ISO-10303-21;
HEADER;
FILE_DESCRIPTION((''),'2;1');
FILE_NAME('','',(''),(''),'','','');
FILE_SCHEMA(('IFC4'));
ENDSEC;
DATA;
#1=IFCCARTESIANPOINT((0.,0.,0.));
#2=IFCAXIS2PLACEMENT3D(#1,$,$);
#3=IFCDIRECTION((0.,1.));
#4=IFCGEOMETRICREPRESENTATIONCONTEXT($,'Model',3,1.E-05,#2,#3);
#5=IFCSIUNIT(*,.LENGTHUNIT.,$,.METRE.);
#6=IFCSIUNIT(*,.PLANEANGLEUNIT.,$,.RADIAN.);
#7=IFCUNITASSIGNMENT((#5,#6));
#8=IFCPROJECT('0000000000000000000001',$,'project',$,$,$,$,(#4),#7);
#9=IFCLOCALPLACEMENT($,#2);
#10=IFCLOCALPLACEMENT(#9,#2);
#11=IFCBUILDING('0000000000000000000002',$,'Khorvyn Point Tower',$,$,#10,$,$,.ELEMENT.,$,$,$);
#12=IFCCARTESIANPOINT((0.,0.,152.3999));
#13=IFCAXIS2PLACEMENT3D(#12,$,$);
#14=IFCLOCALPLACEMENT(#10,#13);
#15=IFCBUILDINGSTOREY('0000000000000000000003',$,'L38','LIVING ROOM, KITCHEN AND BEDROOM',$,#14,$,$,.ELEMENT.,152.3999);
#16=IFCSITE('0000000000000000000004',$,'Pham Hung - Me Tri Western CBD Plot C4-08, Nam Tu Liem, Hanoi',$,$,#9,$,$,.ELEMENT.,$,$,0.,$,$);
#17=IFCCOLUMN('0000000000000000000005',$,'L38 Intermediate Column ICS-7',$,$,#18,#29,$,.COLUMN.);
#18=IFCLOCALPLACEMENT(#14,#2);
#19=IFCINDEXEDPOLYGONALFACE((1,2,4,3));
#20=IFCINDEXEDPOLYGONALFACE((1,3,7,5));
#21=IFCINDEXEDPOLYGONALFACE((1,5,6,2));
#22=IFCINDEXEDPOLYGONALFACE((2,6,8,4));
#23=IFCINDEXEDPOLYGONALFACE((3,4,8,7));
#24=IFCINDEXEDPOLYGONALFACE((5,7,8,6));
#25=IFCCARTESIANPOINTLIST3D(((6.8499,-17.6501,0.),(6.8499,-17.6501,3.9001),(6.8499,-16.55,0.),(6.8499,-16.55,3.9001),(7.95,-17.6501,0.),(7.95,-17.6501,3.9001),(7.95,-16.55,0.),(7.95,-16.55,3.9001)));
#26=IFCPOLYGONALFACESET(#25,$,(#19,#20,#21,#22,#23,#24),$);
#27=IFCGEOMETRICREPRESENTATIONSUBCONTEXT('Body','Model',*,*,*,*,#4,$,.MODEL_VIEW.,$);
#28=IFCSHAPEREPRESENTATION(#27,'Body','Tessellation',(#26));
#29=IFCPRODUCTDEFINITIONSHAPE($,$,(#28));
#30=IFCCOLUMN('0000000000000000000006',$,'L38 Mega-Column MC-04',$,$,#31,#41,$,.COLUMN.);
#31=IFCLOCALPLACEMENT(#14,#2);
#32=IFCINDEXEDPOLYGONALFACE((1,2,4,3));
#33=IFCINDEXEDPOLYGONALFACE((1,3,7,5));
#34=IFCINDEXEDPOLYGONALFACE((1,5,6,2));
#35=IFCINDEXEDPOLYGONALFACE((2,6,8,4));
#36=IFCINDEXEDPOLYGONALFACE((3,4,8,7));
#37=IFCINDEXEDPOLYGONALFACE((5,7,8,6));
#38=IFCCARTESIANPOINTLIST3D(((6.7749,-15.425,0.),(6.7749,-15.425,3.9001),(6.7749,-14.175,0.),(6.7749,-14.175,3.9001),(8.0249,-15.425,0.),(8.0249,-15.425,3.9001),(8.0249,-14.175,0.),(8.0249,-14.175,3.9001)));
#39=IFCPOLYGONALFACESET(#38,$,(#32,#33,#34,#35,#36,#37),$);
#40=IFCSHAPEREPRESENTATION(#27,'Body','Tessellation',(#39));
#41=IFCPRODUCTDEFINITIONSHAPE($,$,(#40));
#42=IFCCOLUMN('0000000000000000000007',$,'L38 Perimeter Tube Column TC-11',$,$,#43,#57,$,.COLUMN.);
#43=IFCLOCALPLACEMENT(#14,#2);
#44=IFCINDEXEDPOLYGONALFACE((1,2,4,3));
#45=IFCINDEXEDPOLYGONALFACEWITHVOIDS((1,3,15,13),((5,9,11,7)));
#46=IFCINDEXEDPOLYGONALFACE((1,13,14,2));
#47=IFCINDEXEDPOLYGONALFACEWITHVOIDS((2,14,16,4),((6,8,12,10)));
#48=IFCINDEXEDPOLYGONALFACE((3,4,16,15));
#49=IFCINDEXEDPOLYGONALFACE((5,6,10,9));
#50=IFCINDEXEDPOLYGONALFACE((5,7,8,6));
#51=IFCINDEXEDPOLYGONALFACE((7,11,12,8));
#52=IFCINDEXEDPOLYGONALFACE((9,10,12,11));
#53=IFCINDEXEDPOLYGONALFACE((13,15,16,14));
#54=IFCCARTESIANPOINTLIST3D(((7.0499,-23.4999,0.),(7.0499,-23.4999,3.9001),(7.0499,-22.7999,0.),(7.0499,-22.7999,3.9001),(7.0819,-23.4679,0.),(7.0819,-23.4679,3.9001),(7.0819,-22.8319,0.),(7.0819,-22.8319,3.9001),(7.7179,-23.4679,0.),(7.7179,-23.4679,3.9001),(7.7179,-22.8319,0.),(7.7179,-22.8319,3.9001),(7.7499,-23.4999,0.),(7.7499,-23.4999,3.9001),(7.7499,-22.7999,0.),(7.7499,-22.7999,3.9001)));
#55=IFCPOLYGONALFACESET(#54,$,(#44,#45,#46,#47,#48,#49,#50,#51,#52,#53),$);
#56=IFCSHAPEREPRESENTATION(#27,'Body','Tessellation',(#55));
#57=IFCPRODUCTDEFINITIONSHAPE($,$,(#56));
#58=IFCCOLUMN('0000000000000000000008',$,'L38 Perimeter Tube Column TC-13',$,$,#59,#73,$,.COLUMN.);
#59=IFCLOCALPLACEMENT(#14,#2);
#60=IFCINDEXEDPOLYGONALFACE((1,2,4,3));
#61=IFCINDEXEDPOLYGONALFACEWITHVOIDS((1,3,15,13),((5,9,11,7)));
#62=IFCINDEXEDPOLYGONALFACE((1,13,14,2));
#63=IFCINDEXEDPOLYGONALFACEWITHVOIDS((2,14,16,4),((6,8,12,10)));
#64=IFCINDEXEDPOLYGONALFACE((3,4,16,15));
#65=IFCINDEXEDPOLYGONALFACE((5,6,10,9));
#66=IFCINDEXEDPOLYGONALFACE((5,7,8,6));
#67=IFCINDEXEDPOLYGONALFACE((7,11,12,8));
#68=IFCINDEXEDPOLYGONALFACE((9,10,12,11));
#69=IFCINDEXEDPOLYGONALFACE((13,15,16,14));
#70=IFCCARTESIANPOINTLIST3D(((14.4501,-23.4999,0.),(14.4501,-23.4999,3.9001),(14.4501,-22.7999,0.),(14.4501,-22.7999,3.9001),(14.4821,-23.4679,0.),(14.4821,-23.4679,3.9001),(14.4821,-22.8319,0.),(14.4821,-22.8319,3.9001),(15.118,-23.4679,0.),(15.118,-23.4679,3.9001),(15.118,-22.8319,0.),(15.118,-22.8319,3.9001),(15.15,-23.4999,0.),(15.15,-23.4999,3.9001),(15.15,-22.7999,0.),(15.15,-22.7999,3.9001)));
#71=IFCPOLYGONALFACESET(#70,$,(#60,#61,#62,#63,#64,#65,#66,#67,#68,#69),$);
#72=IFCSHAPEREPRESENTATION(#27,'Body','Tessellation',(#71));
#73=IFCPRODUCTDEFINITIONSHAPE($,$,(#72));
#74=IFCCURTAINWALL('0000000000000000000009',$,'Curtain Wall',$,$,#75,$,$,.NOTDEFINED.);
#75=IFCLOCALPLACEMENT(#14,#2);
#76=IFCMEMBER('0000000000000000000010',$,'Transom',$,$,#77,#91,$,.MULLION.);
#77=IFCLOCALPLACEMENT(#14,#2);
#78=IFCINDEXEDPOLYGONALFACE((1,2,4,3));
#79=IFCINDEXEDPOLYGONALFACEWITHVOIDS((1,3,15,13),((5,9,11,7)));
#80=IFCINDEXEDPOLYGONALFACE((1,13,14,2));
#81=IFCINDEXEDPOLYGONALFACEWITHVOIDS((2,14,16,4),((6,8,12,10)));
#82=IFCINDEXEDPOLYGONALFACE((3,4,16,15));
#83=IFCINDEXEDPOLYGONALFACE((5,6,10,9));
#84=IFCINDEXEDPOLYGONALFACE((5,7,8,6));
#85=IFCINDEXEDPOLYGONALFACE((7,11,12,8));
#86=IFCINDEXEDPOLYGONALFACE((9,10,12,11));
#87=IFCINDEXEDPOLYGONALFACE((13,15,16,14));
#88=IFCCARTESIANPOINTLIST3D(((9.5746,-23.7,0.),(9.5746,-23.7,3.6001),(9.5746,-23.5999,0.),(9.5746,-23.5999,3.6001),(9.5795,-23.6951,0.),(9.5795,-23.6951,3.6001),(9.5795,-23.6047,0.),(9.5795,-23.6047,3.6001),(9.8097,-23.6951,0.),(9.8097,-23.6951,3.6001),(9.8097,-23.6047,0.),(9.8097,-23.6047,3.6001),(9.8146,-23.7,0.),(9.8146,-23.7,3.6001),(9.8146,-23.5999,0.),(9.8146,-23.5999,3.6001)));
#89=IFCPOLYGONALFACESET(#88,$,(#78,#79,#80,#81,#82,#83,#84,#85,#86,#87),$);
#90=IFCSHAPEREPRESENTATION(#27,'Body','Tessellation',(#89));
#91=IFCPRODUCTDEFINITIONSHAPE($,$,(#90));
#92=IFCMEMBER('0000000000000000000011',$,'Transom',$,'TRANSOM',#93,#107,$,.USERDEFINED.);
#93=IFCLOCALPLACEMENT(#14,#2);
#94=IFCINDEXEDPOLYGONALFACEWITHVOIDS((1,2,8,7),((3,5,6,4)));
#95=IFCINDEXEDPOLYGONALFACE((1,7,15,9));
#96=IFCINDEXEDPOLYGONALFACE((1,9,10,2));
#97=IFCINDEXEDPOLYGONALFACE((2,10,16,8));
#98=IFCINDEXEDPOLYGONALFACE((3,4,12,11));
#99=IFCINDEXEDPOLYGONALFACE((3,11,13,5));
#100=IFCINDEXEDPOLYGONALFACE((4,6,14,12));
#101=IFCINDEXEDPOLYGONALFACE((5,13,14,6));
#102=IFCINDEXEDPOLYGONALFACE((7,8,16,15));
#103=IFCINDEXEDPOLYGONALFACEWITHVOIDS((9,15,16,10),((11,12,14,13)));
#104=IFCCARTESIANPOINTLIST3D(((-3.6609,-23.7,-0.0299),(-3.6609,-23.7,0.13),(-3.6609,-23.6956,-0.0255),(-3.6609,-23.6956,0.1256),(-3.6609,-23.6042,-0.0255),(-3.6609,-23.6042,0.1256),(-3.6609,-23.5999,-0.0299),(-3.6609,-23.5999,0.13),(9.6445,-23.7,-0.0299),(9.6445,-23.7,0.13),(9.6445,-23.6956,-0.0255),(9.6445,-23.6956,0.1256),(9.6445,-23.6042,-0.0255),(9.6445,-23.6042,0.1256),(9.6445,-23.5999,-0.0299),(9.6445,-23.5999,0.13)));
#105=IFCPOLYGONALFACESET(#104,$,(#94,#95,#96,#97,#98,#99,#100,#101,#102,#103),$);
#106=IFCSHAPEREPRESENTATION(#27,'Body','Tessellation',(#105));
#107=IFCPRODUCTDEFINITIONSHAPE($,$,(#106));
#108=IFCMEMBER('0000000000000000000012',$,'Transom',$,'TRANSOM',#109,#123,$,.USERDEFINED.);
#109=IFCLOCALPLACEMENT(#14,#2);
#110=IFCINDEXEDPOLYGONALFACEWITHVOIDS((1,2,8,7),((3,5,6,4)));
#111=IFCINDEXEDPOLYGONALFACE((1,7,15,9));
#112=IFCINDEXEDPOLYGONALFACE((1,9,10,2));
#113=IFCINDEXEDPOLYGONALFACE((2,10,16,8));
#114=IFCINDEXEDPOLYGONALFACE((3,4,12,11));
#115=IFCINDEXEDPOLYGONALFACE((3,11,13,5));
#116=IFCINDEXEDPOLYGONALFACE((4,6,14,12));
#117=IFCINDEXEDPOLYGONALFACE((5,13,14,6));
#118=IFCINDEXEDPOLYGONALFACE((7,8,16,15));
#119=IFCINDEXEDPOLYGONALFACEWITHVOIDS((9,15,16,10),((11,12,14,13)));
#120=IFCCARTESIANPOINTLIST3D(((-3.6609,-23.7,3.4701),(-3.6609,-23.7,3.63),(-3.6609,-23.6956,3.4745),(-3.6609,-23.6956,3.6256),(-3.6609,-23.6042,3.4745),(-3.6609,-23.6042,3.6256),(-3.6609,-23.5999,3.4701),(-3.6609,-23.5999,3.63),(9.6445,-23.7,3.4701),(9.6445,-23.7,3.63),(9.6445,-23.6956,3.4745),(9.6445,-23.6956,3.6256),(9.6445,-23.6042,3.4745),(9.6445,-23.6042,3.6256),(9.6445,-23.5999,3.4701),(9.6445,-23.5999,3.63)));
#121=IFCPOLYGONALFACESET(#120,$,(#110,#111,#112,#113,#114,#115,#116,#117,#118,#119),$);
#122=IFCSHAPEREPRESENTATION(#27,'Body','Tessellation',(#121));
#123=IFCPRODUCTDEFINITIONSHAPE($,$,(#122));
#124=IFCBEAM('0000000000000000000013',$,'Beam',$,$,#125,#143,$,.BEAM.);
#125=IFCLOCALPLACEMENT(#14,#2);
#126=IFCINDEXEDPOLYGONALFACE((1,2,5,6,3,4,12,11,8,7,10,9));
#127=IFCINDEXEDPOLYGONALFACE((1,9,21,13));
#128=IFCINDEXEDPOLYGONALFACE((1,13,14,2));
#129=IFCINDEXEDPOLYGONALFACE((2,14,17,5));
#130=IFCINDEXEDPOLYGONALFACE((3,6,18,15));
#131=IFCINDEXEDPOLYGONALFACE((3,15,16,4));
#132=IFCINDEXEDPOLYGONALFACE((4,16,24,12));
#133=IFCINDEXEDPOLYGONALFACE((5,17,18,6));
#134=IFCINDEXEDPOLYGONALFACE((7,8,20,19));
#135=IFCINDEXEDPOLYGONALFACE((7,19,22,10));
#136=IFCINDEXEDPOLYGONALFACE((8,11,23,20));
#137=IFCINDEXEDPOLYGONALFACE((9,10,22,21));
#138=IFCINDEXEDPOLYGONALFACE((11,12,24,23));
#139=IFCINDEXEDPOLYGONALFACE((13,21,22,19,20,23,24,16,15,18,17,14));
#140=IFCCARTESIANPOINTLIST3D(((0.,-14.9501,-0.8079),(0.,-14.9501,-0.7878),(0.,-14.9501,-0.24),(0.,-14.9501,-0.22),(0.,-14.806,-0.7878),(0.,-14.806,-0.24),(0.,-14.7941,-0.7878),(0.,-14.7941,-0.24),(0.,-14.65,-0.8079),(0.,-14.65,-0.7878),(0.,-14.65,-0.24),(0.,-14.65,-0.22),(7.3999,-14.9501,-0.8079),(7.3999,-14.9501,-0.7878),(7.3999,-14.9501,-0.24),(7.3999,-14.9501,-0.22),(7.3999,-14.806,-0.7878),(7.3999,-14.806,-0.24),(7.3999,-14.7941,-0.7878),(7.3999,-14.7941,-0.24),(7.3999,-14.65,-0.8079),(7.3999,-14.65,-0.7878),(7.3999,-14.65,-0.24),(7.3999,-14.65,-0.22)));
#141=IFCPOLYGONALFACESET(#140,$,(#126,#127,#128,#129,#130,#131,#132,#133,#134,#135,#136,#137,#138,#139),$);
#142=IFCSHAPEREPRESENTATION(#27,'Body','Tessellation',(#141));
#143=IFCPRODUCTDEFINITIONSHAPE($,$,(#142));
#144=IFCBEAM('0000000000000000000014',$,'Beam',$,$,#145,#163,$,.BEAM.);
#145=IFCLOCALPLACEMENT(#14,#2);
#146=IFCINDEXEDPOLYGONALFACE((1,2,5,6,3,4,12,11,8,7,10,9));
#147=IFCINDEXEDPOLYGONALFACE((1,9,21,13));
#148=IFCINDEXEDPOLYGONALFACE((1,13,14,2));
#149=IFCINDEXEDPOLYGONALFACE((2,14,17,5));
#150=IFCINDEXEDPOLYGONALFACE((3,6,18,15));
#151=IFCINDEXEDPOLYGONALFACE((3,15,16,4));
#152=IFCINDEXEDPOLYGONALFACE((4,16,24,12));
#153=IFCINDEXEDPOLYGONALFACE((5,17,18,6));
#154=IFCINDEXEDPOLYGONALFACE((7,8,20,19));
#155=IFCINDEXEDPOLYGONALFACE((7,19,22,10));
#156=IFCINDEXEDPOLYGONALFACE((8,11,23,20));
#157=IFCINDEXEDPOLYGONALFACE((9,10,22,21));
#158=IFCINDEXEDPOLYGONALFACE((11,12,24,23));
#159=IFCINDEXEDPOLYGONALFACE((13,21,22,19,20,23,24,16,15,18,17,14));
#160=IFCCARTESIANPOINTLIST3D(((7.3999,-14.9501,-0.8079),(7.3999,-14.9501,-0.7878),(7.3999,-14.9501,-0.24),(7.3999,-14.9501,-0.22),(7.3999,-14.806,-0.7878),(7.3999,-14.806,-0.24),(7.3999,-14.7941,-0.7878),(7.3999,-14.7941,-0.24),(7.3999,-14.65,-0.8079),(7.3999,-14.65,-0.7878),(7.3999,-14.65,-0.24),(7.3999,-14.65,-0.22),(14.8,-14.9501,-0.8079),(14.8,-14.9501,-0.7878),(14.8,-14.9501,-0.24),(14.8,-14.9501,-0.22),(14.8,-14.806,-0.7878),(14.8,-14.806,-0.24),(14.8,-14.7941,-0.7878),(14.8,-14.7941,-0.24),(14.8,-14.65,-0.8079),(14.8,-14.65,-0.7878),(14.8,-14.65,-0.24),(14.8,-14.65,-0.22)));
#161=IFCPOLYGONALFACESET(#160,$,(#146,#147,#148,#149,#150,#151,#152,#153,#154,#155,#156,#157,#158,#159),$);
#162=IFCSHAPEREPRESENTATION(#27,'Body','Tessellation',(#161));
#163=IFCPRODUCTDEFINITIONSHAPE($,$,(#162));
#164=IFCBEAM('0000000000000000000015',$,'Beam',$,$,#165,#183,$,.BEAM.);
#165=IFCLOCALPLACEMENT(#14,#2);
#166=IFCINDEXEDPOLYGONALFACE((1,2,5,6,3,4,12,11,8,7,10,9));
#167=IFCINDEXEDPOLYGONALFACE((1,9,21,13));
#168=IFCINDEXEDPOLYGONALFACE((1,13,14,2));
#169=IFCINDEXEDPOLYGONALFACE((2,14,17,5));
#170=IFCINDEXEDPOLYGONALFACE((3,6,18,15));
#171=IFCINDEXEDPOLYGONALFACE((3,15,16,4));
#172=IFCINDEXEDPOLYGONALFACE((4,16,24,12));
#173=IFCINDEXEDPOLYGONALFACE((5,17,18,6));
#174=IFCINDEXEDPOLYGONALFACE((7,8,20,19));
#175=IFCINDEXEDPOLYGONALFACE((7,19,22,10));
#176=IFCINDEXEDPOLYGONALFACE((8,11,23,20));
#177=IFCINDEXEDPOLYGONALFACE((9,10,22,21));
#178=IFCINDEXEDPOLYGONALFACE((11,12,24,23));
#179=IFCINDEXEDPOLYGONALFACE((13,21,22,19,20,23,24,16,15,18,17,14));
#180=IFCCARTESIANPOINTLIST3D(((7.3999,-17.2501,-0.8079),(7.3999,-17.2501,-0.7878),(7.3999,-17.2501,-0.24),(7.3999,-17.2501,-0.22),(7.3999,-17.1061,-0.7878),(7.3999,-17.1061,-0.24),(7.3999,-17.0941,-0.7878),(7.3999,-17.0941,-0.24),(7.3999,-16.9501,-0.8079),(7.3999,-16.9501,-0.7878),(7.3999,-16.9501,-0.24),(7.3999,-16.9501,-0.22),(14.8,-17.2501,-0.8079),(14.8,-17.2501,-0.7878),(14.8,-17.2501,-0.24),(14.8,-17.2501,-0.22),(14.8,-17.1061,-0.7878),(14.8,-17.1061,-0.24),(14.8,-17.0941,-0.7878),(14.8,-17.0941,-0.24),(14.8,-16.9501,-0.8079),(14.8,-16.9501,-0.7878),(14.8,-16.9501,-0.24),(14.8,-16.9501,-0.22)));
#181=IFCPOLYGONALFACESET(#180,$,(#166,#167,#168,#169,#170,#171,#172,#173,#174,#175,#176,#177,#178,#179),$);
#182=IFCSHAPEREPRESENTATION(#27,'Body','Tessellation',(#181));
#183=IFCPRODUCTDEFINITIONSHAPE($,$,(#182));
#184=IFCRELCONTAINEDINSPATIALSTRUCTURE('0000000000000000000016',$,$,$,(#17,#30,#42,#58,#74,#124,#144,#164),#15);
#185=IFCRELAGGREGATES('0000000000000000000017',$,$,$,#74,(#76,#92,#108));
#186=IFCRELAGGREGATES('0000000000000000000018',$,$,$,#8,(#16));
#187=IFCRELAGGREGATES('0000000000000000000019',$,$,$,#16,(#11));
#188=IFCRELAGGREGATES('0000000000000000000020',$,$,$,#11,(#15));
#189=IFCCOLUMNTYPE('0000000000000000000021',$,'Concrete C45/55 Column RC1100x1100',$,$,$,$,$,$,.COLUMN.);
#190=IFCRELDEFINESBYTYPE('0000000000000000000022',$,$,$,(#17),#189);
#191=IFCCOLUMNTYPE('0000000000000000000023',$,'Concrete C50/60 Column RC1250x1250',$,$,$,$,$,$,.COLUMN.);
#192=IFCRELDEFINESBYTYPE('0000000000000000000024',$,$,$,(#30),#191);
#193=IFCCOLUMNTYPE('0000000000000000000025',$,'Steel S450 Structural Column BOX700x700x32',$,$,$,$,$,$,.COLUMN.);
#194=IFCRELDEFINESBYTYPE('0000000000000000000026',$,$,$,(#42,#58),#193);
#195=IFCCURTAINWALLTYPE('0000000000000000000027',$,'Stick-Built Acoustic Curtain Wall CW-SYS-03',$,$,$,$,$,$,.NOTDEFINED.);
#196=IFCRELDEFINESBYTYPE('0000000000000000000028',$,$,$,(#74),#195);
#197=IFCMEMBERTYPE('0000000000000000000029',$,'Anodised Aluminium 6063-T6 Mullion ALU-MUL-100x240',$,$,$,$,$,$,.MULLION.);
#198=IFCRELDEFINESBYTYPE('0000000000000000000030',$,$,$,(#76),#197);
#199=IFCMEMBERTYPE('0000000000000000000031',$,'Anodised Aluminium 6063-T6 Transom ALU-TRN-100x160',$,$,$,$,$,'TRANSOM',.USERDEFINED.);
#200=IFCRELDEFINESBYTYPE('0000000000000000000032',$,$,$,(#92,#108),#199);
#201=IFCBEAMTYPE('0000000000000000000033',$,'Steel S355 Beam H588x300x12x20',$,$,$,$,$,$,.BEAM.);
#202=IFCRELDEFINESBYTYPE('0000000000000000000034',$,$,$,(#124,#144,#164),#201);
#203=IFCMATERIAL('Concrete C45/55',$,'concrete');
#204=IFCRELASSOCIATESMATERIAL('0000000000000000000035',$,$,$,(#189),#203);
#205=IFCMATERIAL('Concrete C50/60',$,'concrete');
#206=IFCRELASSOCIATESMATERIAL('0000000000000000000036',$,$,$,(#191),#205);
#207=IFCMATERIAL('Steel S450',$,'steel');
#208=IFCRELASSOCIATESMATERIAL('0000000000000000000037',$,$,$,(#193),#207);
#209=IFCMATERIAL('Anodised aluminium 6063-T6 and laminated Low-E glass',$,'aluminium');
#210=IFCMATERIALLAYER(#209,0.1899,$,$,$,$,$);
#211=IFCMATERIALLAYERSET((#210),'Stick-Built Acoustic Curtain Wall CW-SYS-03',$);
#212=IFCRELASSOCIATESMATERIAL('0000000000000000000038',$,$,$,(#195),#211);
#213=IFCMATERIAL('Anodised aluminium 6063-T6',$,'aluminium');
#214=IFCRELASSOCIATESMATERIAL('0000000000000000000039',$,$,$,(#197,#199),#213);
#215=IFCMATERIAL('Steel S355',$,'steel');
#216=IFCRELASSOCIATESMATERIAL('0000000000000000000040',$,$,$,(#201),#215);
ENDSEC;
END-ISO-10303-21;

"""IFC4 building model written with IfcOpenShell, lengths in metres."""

from ifc_helpers import new_model, si_unit, direction, frame, origin, origin_2d, place, context, subcontext, project, spatial, rectangle, hollow_rectangle, i_section, extrude, material, layer, layer_set, material_profile, profile_set, type_object, element, aggregate, save


model = new_model("IFC4")

# Units and contexts
model_context = context("Model", 3, precision=1e-05, world=origin(), true_north=direction((0.0, 1.0)))
body_context = subcontext(model_context, "Body", "Model", "MODEL_VIEW")
ifc_project = project(units=[si_unit("LENGTHUNIT", "METRE"), si_unit("PLANEANGLEUNIT", "RADIAN")], contexts=[model_context])

# Site, building, storey
site_placement = place(None, origin())
site = spatial("IfcSite", under=ifc_project, at=site_placement, Name="Pham Hung - Me Tri Western CBD Plot C4-08, Nam Tu Liem, Hanoi", CompositionType="ELEMENT", RefElevation=0.0)
building_placement = place(site_placement, origin())
building = spatial("IfcBuilding", under=site, at=building_placement, Name="Khorvyn Point Tower", CompositionType="ELEMENT")
storey_placement = place(building_placement, frame((0.0, 0.0, 152.3999)))
storey = spatial("IfcBuildingStorey", under=building, at=storey_placement, Name="L38", Description="LIVING ROOM, KITCHEN AND BEDROOM", CompositionType="ELEMENT", Elevation=152.3999)

# Columns
ifc_material_1 = material(Name="Concrete C45/55", Category="concrete")
ifc_material_profile_1 = material_profile(ifc_material_1, rectangle(XDim=1.1001, YDim=1.1001, at=origin_2d()))
ifc_profile_set_1 = profile_set([ifc_material_profile_1], Name="Concrete C45/55 RC1100x1100")
column_type_1 = type_object("IfcColumnType", Name="Concrete C45/55 Column RC1100x1100", PredefinedType="COLUMN", material=ifc_profile_set_1)
column_1_placement = place(storey_placement, frame((7.3999, -17.1001, 0.0), z_axis=(0.0, 0.0, 1.0), x_axis=(1.0, 0.0, 0.0)))
element("IfcColumn", 1, at=column_1_placement, inside=storey, type_object=column_type_1, Name="L38 Intermediate Column ICS-7", PredefinedType="COLUMN", context=body_context, shape_type="SweptSolid", body=[
    extrude(rectangle(XDim=1.1001, YDim=1.1001, at=origin_2d()), origin(), (0.0, 0.0, 1.0), 3.9001),
])
ifc_material_2 = material(Name="Concrete C50/60", Category="concrete")
ifc_material_profile_2 = material_profile(ifc_material_2, rectangle(XDim=1.25, YDim=1.25, at=origin_2d()))
ifc_profile_set_2 = profile_set([ifc_material_profile_2], Name="Concrete C50/60 RC1250x1250")
column_type_2 = type_object("IfcColumnType", Name="Concrete C50/60 Column RC1250x1250", PredefinedType="COLUMN", material=ifc_profile_set_2)
column_2_placement = place(storey_placement, frame((7.3999, -14.8, 0.0), z_axis=(0.0, 0.0, 1.0), x_axis=(1.0, 0.0, 0.0)))
element("IfcColumn", 2, at=column_2_placement, inside=storey, type_object=column_type_2, Name="L38 Mega-Column MC-04", PredefinedType="COLUMN", context=body_context, shape_type="SweptSolid", body=[
    extrude(rectangle(XDim=1.25, YDim=1.25, at=origin_2d()), origin(), (0.0, 0.0, 1.0), 3.9001),
])
ifc_material_3 = material(Name="Steel S450", Category="steel")
ifc_material_profile_3 = material_profile(ifc_material_3, hollow_rectangle(XDim=0.7, YDim=0.7, WallThickness=0.032, at=origin_2d()))
ifc_profile_set_3 = profile_set([ifc_material_profile_3], Name="Steel S450 BOX700x700x32")
column_type_3 = type_object("IfcColumnType", Name="Steel S450 Structural Column BOX700x700x32", PredefinedType="COLUMN", material=ifc_profile_set_3)
for number, where, z_axis, x_axis, name in (
    (3, (7.3999, -23.1499, 0.0), (0.0, 0.0, 1.0), (1.0, 0.0, 0.0), "L38 Perimeter Tube Column TC-11"),
    (4, (14.8, -23.1499, 0.0), (0.0, 0.0, 1.0), (1.0, 0.0, 0.0), "L38 Perimeter Tube Column TC-13"),
):
    element("IfcColumn", number, at=place(storey_placement, frame(where, z_axis=z_axis, x_axis=x_axis)), inside=storey, type_object=column_type_3, Name=name, PredefinedType="COLUMN", context=body_context, shape_type="SweptSolid", body=[
        extrude(hollow_rectangle(XDim=0.7, YDim=0.7, WallThickness=0.032, at=origin_2d()), origin(), (0.0, 0.0, 1.0), 3.9001),
    ])

# Curtain wall, members
ifc_material_4 = material(Name="Anodised aluminium 6063-T6 and laminated Low-E glass", Category="aluminium")
ifc_layer_1 = layer(ifc_material_4, 0.1899)
ifc_layer_set_1 = layer_set([ifc_layer_1], Name="Stick-Built Acoustic Curtain Wall CW-SYS-03")
curtain_wall_type = type_object("IfcCurtainWallType", Name="Stick-Built Acoustic Curtain Wall CW-SYS-03", PredefinedType="NOTDEFINED", material=ifc_layer_set_1)
curtain_wall_placement = place(storey_placement, origin())
curtain_wall = element("IfcCurtainWall", 5, at=curtain_wall_placement, inside=storey, type_object=curtain_wall_type, Name="Curtain Wall", PredefinedType="NOTDEFINED")
ifc_material_5 = material(Name="Anodised aluminium 6063-T6", Category="aluminium")
ifc_material_profile_4 = material_profile(ifc_material_5, hollow_rectangle(XDim=0.1001, YDim=0.24, WallThickness=0.0049, at=origin_2d()))
ifc_profile_set_4 = profile_set([ifc_material_profile_4], Name="Anodised aluminium 6063-T6 ALU-MUL-100x240")
member_type_1 = type_object("IfcMemberType", Name="Anodised Aluminium 6063-T6 Mullion ALU-MUL-100x240", PredefinedType="MULLION", material=ifc_profile_set_4)
member_1_placement = place(storey_placement, frame((9.6946, -23.6499, 0.0), z_axis=(0.0, 0.0, 1.0), x_axis=(0.0, -1.0, 0.0)))
member_1 = element("IfcMember", 6, at=member_1_placement, type_object=member_type_1, Name="Transom", PredefinedType="MULLION", context=body_context, shape_type="SweptSolid", body=[
    extrude(hollow_rectangle(XDim=0.1001, YDim=0.24, WallThickness=0.0049, at=origin_2d()), origin(), (0.0, 0.0, 1.0), 3.6001),
])
ifc_material_profile_5 = material_profile(ifc_material_5, hollow_rectangle(XDim=0.1001, YDim=0.1599, WallThickness=0.0044, at=origin_2d()))
ifc_profile_set_5 = profile_set([ifc_material_profile_5], Name="Anodised aluminium 6063-T6 ALU-TRN-100x160")
member_type_2 = type_object("IfcMemberType", Name="Anodised Aluminium 6063-T6 Transom ALU-TRN-100x160", ElementType="TRANSOM", PredefinedType="USERDEFINED", material=ifc_profile_set_5)
member_2_placement = place(storey_placement, frame((9.6445, -23.6499, 0.05), z_axis=(-1.0, 0.0, 0.0), x_axis=(0.0, -1.0, 0.0)))
member_2 = element("IfcMember", 7, at=member_2_placement, type_object=member_type_2, Name="Transom", ObjectType="TRANSOM", PredefinedType="USERDEFINED", context=body_context, shape_type="SweptSolid", body=[
    extrude(hollow_rectangle(XDim=0.1001, YDim=0.1599, WallThickness=0.0044, at=origin_2d()), origin(), (0.0, 0.0, 1.0), 13.3054),
])
member_3_placement = place(storey_placement, frame((9.6445, -23.6499, 3.55), z_axis=(-1.0, 0.0, 0.0), x_axis=(0.0, -1.0, 0.0)))
member_3 = element("IfcMember", 8, at=member_3_placement, type_object=member_type_2, Name="Transom", ObjectType="TRANSOM", PredefinedType="USERDEFINED", context=body_context, shape_type="SweptSolid", body=[
    extrude(hollow_rectangle(XDim=0.1001, YDim=0.1599, WallThickness=0.0044, at=origin_2d()), origin(), (0.0, 0.0, 1.0), 13.3054),
])

# Beams
ifc_material_6 = material(Name="Steel S355", Category="steel")
ifc_material_profile_6 = material_profile(ifc_material_6, i_section(OverallWidth=0.3, OverallDepth=0.5879, WebThickness=0.012, FlangeThickness=0.02, at=origin_2d()))
ifc_profile_set_6 = profile_set([ifc_material_profile_6], Name="Steel S355 H588x300x12x20")
beam_type_1 = type_object("IfcBeamType", Name="Steel S355 Beam H588x300x12x20", PredefinedType="BEAM", material=ifc_profile_set_6)
beam_1_placement = place(storey_placement, frame((0.0, -14.8, -0.5139), z_axis=(1.0, 0.0, 0.0), x_axis=(0.0, 1.0, 0.0)))
element("IfcBeam", 9, at=beam_1_placement, inside=storey, type_object=beam_type_1, Name="Beam", PredefinedType="BEAM", context=body_context, shape_type="SweptSolid", body=[
    extrude(i_section(OverallWidth=0.3, OverallDepth=0.5879, WebThickness=0.012, FlangeThickness=0.02, at=origin_2d()), origin(), (0.0, 0.0, 1.0), 7.3999),
])
for number, where, z_axis, x_axis, name in (
    (10, (7.3999, -14.8, -0.5139), (1.0, 0.0, 0.0), (0.0, 1.0, 0.0), "Beam"),
    (11, (7.3999, -17.1001, -0.5139), (1.0, 0.0, 0.0), (0.0, 1.0, 0.0), "Beam"),
):
    element("IfcBeam", number, at=place(storey_placement, frame(where, z_axis=z_axis, x_axis=x_axis)), inside=storey, type_object=beam_type_1, Name=name, PredefinedType="BEAM", context=body_context, shape_type="SweptSolid", body=[
        extrude(i_section(OverallWidth=0.3, OverallDepth=0.5879, WebThickness=0.012, FlangeThickness=0.02, at=origin_2d()), origin(), (0.0, 0.0, 1.0), 7.4001),
    ])

aggregate(curtain_wall, [member_1, member_2, member_3])

save(model, "model.ifc")
